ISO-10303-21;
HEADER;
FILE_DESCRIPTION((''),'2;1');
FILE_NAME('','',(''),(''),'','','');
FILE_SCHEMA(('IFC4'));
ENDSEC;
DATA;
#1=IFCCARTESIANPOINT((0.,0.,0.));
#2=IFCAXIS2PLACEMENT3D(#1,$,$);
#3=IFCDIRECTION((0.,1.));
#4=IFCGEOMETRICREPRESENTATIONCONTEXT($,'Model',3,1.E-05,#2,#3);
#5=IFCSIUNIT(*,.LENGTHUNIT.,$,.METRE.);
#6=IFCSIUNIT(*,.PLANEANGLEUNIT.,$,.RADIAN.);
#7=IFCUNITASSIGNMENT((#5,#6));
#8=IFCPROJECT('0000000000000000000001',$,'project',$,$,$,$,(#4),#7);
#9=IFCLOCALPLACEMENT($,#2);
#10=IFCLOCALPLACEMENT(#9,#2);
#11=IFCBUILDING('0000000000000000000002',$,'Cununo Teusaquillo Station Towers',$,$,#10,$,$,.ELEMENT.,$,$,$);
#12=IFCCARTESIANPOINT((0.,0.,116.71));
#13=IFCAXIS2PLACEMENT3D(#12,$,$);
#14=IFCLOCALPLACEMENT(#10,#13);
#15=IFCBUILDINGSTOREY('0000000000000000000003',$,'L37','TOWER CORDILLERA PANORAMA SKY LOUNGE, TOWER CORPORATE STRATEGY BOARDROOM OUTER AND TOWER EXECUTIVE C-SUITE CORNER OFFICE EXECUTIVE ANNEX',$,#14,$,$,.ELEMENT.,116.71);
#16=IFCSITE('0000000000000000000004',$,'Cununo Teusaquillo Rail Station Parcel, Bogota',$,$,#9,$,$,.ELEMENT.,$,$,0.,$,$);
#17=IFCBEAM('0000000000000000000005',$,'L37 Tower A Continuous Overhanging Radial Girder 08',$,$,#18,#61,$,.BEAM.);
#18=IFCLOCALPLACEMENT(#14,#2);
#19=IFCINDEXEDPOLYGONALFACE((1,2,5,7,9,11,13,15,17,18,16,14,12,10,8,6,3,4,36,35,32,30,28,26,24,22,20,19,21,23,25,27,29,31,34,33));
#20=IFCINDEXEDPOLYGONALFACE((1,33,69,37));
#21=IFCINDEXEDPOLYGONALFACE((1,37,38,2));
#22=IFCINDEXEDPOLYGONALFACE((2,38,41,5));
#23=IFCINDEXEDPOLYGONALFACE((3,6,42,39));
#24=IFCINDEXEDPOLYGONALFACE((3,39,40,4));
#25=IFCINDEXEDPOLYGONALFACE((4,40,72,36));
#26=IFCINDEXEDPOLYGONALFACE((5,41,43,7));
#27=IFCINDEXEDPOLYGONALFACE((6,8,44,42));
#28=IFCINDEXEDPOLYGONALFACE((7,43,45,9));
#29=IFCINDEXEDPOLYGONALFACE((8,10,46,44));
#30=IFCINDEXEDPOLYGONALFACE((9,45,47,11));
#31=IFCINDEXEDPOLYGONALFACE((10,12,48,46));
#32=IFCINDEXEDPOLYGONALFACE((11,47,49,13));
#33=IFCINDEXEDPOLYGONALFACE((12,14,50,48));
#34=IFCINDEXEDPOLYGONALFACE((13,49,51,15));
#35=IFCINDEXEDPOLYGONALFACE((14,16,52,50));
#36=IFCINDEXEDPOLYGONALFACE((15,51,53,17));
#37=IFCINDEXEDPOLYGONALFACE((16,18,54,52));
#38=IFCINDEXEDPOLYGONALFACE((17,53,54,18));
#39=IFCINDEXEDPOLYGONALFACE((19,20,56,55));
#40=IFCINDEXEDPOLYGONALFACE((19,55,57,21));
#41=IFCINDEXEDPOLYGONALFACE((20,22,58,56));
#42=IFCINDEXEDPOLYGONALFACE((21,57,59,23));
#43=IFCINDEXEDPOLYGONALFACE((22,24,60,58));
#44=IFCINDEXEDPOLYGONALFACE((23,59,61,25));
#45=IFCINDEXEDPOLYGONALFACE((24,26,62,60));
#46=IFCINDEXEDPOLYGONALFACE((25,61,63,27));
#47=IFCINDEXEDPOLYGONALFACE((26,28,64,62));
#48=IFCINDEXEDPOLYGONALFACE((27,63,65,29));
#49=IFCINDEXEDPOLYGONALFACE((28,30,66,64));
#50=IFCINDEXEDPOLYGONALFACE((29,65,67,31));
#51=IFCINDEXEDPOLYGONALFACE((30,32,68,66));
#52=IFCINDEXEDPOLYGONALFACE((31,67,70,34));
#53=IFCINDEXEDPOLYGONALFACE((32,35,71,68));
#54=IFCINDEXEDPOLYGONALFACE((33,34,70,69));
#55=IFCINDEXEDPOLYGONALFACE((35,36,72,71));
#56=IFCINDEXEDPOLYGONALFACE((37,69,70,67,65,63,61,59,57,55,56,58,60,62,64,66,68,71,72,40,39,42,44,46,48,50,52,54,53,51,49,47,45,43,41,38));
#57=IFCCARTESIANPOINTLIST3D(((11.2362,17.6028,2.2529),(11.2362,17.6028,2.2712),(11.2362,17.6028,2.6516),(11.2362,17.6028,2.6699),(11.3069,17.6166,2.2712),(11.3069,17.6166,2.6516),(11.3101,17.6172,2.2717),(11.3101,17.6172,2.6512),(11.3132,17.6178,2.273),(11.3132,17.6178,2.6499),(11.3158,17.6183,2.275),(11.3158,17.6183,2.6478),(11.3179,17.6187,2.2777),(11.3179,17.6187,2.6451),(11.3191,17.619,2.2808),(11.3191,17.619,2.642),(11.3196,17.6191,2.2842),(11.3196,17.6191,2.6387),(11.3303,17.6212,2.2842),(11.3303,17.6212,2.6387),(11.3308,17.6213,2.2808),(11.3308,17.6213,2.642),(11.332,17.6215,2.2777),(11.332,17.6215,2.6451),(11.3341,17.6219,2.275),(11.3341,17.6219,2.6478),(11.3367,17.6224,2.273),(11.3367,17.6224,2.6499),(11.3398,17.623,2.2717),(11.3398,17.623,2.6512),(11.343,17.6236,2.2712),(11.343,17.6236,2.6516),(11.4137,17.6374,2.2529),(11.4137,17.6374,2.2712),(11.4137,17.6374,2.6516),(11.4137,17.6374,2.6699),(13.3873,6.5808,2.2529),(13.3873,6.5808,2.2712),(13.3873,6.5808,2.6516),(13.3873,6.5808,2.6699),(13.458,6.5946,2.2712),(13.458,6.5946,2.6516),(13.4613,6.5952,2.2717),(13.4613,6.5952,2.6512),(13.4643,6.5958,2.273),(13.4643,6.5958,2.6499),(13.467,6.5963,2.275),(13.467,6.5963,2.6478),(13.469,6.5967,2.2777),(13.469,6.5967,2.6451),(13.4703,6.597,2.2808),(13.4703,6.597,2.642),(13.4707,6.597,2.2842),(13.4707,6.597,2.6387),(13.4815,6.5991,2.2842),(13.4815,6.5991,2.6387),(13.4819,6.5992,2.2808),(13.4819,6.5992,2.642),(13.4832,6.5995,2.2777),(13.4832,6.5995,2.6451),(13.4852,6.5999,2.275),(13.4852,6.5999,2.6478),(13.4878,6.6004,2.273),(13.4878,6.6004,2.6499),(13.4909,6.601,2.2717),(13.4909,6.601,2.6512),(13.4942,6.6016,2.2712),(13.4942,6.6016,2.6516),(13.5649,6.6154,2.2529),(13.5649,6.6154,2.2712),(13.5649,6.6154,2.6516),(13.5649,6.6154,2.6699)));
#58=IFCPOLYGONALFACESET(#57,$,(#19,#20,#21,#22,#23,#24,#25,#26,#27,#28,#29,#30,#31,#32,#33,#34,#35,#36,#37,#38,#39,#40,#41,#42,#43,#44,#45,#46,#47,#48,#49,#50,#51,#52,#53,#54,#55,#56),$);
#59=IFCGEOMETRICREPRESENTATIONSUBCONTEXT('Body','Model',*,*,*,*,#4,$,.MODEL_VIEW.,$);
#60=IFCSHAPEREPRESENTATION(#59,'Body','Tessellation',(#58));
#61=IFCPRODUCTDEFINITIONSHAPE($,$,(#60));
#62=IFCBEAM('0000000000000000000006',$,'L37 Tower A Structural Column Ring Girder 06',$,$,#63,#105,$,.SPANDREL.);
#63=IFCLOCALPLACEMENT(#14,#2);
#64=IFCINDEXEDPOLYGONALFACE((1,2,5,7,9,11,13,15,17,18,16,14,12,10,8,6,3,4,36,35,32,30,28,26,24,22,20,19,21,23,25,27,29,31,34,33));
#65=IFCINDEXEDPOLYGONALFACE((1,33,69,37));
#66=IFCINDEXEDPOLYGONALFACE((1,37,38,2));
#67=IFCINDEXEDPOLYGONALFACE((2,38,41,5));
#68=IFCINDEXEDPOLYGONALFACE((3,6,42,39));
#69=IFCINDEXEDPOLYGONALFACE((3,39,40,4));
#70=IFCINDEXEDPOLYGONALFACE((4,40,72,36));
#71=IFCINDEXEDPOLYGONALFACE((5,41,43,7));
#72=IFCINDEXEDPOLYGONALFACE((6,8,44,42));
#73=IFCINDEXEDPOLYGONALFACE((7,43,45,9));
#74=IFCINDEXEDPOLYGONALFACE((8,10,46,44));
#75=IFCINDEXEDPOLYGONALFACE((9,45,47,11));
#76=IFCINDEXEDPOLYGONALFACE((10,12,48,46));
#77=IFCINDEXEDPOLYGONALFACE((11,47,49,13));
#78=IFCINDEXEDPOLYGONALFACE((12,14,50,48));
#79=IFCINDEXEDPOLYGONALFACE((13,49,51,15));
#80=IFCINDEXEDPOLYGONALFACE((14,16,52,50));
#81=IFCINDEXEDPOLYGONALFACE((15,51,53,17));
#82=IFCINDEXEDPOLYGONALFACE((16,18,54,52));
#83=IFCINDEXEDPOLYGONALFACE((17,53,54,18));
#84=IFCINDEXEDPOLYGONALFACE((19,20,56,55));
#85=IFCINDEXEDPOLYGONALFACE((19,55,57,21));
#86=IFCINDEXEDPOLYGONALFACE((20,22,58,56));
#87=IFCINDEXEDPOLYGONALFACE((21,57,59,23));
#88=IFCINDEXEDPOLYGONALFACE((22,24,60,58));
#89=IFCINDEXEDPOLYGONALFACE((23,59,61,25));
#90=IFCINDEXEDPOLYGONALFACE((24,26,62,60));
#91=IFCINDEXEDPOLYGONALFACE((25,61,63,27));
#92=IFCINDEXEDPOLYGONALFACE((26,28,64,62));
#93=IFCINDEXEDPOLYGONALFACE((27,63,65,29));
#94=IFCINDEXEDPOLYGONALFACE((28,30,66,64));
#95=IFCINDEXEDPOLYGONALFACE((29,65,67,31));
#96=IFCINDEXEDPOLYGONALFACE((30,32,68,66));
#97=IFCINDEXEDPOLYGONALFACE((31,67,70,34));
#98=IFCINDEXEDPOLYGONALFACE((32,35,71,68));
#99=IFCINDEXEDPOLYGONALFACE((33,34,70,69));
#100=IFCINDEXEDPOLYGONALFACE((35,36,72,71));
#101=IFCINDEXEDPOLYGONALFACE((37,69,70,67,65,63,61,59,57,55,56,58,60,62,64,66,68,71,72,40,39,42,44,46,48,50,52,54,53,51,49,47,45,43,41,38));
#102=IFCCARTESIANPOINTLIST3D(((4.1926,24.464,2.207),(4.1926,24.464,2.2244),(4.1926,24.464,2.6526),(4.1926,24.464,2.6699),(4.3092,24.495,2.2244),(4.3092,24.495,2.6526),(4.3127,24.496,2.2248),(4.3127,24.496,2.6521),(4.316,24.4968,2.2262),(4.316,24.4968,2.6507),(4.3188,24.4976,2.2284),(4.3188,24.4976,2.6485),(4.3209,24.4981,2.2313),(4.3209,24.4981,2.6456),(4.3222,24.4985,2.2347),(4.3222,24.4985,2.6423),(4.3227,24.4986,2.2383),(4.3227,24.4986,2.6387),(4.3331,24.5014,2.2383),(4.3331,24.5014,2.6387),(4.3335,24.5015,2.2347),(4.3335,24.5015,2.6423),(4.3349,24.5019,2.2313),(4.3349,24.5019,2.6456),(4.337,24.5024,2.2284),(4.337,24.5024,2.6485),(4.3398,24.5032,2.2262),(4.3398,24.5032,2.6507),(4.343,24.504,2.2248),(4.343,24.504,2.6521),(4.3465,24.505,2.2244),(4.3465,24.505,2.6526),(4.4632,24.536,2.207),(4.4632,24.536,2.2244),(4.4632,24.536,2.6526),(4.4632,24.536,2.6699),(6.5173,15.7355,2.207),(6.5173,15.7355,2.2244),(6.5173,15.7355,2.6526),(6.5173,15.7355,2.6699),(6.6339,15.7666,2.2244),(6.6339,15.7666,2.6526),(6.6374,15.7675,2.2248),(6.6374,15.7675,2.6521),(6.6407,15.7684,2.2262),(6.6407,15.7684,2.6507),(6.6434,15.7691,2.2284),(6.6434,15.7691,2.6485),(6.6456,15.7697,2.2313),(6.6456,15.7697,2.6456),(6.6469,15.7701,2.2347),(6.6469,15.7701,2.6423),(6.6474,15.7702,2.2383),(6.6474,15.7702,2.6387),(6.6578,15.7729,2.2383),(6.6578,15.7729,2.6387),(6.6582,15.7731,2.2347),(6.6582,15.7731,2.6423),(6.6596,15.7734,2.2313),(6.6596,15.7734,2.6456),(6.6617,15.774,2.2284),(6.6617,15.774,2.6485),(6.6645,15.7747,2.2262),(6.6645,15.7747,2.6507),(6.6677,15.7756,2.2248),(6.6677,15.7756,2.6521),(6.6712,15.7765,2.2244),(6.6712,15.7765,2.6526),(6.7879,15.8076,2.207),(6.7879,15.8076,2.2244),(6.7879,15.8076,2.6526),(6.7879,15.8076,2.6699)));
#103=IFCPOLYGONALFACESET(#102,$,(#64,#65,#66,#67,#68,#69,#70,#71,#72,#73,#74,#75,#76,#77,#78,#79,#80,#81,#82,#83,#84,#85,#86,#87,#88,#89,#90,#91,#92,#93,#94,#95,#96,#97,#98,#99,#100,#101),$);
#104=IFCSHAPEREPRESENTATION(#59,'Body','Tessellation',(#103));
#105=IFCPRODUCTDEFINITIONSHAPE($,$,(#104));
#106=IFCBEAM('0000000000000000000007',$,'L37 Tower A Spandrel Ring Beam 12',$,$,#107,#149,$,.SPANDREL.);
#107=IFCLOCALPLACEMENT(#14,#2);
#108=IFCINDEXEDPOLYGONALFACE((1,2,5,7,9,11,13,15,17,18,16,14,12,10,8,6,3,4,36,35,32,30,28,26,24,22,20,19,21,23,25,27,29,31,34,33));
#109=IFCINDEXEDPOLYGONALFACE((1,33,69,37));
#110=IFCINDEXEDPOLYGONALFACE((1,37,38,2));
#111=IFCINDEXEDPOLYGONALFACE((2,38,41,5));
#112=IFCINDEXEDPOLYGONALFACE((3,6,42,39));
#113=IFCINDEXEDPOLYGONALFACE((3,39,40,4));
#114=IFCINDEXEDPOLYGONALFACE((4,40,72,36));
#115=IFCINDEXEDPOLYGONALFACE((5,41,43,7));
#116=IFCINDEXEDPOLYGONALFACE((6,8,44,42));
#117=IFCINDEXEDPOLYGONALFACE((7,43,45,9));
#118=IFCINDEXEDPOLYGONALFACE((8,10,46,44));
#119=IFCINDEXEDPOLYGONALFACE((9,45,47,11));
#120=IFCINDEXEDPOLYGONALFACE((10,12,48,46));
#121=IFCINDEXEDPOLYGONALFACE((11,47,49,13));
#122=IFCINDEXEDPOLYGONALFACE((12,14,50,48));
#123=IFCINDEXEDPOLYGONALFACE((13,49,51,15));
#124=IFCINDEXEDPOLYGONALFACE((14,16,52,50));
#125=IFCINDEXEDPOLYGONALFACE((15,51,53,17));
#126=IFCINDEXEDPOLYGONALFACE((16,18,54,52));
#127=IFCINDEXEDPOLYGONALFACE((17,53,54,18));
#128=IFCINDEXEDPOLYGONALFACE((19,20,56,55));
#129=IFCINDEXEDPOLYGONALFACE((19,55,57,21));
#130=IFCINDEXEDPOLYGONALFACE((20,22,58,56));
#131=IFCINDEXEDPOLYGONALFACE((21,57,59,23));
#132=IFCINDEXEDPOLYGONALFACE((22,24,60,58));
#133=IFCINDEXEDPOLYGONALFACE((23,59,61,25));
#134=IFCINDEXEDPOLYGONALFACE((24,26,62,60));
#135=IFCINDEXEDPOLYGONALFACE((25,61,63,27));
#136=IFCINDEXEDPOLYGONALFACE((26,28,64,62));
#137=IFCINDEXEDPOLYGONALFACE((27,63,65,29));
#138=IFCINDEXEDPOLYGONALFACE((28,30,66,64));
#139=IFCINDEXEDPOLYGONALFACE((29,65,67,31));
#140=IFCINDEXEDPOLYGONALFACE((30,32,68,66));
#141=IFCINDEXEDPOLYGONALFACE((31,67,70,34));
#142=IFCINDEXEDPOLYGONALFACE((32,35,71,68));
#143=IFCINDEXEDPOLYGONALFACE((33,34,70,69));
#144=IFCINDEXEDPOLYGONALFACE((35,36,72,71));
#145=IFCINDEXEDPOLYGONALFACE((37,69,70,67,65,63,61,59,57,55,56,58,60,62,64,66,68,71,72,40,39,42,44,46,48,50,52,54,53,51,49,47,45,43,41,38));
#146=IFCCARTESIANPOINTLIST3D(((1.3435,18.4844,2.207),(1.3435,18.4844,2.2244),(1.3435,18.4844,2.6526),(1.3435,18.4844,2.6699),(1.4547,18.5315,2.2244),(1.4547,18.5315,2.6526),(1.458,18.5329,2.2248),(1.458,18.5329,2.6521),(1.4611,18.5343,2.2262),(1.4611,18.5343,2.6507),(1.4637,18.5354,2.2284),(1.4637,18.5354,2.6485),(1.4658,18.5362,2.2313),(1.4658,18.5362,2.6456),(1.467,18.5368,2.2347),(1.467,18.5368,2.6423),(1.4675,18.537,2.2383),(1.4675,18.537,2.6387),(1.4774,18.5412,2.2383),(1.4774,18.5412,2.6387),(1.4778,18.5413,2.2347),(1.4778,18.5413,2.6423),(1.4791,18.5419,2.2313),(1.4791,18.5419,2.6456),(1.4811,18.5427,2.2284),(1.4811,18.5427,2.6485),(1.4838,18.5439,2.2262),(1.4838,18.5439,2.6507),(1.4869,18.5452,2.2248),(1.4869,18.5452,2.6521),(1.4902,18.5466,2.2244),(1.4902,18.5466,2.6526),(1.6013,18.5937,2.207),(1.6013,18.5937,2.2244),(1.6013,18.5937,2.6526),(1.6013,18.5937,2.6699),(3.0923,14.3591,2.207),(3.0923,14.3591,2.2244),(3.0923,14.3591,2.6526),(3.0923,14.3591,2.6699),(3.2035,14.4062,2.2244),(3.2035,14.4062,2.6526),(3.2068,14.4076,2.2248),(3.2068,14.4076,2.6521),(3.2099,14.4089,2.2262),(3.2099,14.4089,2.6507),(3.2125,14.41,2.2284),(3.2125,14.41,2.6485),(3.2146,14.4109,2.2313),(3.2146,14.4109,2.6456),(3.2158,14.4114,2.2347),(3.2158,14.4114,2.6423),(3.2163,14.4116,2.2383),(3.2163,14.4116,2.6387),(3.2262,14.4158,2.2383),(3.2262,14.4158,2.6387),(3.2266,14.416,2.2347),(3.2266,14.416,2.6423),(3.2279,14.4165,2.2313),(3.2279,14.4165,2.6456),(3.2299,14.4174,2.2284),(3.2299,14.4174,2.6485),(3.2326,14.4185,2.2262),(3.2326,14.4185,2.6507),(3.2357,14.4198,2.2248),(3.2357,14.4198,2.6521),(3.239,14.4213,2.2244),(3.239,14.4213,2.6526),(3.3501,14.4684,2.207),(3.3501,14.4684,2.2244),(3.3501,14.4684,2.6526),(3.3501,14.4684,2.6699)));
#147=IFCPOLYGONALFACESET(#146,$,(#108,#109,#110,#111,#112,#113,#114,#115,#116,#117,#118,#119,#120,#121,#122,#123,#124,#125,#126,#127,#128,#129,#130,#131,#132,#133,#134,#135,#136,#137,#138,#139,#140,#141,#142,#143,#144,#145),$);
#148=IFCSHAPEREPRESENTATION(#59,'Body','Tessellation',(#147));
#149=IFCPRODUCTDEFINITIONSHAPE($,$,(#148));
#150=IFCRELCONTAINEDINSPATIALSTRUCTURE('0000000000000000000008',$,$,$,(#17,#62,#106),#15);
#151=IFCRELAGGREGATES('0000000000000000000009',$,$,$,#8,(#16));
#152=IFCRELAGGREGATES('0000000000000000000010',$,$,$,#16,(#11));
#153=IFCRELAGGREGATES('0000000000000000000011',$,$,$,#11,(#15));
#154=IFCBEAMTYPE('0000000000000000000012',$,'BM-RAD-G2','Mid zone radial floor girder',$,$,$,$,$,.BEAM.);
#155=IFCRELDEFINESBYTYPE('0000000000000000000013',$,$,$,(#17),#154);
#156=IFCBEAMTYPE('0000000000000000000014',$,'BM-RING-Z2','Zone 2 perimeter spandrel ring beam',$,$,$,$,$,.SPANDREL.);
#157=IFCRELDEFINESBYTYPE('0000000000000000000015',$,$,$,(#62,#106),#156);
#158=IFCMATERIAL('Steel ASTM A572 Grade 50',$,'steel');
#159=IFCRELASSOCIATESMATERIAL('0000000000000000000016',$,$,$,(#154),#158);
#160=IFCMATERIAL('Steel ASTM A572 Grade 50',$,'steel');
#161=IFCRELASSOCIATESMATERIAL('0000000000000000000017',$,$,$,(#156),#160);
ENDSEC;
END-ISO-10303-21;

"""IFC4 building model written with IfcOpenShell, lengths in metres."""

from ifc_helpers import new_model, si_unit, direction, frame, origin, origin_2d, place, context, subcontext, project, spatial, i_section, extrude, material, material_profile, profile_set, type_object, element, save


model = new_model("IFC4")

# Units and contexts
model_context = context("Model", 3, precision=1e-05, world=origin(), true_north=direction((0.0, 1.0)))
body_context = subcontext(model_context, "Body", "Model", "MODEL_VIEW")
ifc_project = project(units=[si_unit("LENGTHUNIT", "METRE"), si_unit("PLANEANGLEUNIT", "RADIAN")], contexts=[model_context])

# Site, building, storey
site_placement = place(None, origin())
site = spatial("IfcSite", under=ifc_project, at=site_placement, Name="Cununo Teusaquillo Rail Station Parcel, Bogota", CompositionType="ELEMENT", RefElevation=0.0)
building_placement = place(site_placement, origin())
building = spatial("IfcBuilding", under=site, at=building_placement, Name="Cununo Teusaquillo Station Towers", CompositionType="ELEMENT")
storey_placement = place(building_placement, frame((0.0, 0.0, 116.71)))
storey = spatial("IfcBuildingStorey", under=building, at=storey_placement, Name="L37", Description="TOWER CORDILLERA PANORAMA SKY LOUNGE, TOWER CORPORATE STRATEGY BOARDROOM OUTER AND TOWER EXECUTIVE C-SUITE CORNER OFFICE EXECUTIVE ANNEX", CompositionType="ELEMENT", Elevation=116.71)

# Beams
ifc_material_1 = material(Name="Steel ASTM A572 Grade 50", Category="steel")
ifc_material_profile_1 = material_profile(ifc_material_1, i_section(OverallWidth=0.1809, OverallDepth=0.417, WebThickness=0.011, FlangeThickness=0.0183, FilletRadius=0.0129, at=origin_2d()), Name="W16X57")
ifc_profile_set_1 = profile_set([ifc_material_profile_1], Name="Steel ASTM A572 Grade 50")
beam_type_1 = type_object("IfcBeamType", Name="BM-RAD-G2", Description="Mid zone radial floor girder", PredefinedType="BEAM", material=ifc_profile_set_1)
beam_1_placement = place(storey_placement, frame((11.325, 17.6201, 2.4614), z_axis=(0.191553, -0.981482, 0.0), x_axis=(0.981482, 0.191553, 0.0)))
element("IfcBeam", 1, at=beam_1_placement, inside=storey, type_object=beam_type_1, Name="L37 Tower A Continuous Overhanging Radial Girder 08", PredefinedType="BEAM", context=body_context, shape_type="SweptSolid", body=[
    extrude(i_section(OverallWidth=0.1809, OverallDepth=0.417, WebThickness=0.011, FlangeThickness=0.0183, FilletRadius=0.0129, at=origin_2d()), origin(), (0.0, 0.0, 1.0), 11.23),
])
ifc_material_2 = material(Name="Steel ASTM A572 Grade 50", Category="steel")
ifc_material_profile_2 = material_profile(ifc_material_2, i_section(OverallWidth=0.28, OverallDepth=0.4629, WebThickness=0.0107, FlangeThickness=0.0173, FilletRadius=0.0139, at=origin_2d()), Name="W18X76")
ifc_profile_set_2 = profile_set([ifc_material_profile_2], Name="Steel ASTM A572 Grade 50")
beam_type_2 = type_object("IfcBeamType", Name="BM-RING-Z2", Description="Zone 2 perimeter spandrel ring beam", PredefinedType="SPANDREL", material=ifc_profile_set_2)
beam_2_placement = place(storey_placement, frame((4.3279, 24.5, 2.4385), z_axis=(0.257363, -0.966315, 0.0), x_axis=(0.966315, 0.257363, 0.0)))
element("IfcBeam", 2, at=beam_2_placement, inside=storey, type_object=beam_type_2, Name="L37 Tower A Structural Column Ring Girder 06", PredefinedType="SPANDREL", context=body_context, shape_type="SweptSolid", body=[
    extrude(i_section(OverallWidth=0.28, OverallDepth=0.4629, WebThickness=0.0107, FlangeThickness=0.0173, FilletRadius=0.0139, at=origin_2d()), origin(), (0.0, 0.0, 1.0), 9.0327),
])
beam_3_placement = place(storey_placement, frame((1.4724, 18.5391, 2.4385), z_axis=(0.390299, -0.920688, 0.0), x_axis=(0.920688, 0.390299, 0.0)))
element("IfcBeam", 3, at=beam_3_placement, inside=storey, type_object=beam_type_2, Name="L37 Tower A Spandrel Ring Beam 12", PredefinedType="SPANDREL", context=body_context, shape_type="SweptSolid", body=[
    extrude(i_section(OverallWidth=0.28, OverallDepth=0.4629, WebThickness=0.0107, FlangeThickness=0.0173, FilletRadius=0.0139, at=origin_2d()), origin(), (0.0, 0.0, 1.0), 4.4807),
])

save(model, "model.ifc")
